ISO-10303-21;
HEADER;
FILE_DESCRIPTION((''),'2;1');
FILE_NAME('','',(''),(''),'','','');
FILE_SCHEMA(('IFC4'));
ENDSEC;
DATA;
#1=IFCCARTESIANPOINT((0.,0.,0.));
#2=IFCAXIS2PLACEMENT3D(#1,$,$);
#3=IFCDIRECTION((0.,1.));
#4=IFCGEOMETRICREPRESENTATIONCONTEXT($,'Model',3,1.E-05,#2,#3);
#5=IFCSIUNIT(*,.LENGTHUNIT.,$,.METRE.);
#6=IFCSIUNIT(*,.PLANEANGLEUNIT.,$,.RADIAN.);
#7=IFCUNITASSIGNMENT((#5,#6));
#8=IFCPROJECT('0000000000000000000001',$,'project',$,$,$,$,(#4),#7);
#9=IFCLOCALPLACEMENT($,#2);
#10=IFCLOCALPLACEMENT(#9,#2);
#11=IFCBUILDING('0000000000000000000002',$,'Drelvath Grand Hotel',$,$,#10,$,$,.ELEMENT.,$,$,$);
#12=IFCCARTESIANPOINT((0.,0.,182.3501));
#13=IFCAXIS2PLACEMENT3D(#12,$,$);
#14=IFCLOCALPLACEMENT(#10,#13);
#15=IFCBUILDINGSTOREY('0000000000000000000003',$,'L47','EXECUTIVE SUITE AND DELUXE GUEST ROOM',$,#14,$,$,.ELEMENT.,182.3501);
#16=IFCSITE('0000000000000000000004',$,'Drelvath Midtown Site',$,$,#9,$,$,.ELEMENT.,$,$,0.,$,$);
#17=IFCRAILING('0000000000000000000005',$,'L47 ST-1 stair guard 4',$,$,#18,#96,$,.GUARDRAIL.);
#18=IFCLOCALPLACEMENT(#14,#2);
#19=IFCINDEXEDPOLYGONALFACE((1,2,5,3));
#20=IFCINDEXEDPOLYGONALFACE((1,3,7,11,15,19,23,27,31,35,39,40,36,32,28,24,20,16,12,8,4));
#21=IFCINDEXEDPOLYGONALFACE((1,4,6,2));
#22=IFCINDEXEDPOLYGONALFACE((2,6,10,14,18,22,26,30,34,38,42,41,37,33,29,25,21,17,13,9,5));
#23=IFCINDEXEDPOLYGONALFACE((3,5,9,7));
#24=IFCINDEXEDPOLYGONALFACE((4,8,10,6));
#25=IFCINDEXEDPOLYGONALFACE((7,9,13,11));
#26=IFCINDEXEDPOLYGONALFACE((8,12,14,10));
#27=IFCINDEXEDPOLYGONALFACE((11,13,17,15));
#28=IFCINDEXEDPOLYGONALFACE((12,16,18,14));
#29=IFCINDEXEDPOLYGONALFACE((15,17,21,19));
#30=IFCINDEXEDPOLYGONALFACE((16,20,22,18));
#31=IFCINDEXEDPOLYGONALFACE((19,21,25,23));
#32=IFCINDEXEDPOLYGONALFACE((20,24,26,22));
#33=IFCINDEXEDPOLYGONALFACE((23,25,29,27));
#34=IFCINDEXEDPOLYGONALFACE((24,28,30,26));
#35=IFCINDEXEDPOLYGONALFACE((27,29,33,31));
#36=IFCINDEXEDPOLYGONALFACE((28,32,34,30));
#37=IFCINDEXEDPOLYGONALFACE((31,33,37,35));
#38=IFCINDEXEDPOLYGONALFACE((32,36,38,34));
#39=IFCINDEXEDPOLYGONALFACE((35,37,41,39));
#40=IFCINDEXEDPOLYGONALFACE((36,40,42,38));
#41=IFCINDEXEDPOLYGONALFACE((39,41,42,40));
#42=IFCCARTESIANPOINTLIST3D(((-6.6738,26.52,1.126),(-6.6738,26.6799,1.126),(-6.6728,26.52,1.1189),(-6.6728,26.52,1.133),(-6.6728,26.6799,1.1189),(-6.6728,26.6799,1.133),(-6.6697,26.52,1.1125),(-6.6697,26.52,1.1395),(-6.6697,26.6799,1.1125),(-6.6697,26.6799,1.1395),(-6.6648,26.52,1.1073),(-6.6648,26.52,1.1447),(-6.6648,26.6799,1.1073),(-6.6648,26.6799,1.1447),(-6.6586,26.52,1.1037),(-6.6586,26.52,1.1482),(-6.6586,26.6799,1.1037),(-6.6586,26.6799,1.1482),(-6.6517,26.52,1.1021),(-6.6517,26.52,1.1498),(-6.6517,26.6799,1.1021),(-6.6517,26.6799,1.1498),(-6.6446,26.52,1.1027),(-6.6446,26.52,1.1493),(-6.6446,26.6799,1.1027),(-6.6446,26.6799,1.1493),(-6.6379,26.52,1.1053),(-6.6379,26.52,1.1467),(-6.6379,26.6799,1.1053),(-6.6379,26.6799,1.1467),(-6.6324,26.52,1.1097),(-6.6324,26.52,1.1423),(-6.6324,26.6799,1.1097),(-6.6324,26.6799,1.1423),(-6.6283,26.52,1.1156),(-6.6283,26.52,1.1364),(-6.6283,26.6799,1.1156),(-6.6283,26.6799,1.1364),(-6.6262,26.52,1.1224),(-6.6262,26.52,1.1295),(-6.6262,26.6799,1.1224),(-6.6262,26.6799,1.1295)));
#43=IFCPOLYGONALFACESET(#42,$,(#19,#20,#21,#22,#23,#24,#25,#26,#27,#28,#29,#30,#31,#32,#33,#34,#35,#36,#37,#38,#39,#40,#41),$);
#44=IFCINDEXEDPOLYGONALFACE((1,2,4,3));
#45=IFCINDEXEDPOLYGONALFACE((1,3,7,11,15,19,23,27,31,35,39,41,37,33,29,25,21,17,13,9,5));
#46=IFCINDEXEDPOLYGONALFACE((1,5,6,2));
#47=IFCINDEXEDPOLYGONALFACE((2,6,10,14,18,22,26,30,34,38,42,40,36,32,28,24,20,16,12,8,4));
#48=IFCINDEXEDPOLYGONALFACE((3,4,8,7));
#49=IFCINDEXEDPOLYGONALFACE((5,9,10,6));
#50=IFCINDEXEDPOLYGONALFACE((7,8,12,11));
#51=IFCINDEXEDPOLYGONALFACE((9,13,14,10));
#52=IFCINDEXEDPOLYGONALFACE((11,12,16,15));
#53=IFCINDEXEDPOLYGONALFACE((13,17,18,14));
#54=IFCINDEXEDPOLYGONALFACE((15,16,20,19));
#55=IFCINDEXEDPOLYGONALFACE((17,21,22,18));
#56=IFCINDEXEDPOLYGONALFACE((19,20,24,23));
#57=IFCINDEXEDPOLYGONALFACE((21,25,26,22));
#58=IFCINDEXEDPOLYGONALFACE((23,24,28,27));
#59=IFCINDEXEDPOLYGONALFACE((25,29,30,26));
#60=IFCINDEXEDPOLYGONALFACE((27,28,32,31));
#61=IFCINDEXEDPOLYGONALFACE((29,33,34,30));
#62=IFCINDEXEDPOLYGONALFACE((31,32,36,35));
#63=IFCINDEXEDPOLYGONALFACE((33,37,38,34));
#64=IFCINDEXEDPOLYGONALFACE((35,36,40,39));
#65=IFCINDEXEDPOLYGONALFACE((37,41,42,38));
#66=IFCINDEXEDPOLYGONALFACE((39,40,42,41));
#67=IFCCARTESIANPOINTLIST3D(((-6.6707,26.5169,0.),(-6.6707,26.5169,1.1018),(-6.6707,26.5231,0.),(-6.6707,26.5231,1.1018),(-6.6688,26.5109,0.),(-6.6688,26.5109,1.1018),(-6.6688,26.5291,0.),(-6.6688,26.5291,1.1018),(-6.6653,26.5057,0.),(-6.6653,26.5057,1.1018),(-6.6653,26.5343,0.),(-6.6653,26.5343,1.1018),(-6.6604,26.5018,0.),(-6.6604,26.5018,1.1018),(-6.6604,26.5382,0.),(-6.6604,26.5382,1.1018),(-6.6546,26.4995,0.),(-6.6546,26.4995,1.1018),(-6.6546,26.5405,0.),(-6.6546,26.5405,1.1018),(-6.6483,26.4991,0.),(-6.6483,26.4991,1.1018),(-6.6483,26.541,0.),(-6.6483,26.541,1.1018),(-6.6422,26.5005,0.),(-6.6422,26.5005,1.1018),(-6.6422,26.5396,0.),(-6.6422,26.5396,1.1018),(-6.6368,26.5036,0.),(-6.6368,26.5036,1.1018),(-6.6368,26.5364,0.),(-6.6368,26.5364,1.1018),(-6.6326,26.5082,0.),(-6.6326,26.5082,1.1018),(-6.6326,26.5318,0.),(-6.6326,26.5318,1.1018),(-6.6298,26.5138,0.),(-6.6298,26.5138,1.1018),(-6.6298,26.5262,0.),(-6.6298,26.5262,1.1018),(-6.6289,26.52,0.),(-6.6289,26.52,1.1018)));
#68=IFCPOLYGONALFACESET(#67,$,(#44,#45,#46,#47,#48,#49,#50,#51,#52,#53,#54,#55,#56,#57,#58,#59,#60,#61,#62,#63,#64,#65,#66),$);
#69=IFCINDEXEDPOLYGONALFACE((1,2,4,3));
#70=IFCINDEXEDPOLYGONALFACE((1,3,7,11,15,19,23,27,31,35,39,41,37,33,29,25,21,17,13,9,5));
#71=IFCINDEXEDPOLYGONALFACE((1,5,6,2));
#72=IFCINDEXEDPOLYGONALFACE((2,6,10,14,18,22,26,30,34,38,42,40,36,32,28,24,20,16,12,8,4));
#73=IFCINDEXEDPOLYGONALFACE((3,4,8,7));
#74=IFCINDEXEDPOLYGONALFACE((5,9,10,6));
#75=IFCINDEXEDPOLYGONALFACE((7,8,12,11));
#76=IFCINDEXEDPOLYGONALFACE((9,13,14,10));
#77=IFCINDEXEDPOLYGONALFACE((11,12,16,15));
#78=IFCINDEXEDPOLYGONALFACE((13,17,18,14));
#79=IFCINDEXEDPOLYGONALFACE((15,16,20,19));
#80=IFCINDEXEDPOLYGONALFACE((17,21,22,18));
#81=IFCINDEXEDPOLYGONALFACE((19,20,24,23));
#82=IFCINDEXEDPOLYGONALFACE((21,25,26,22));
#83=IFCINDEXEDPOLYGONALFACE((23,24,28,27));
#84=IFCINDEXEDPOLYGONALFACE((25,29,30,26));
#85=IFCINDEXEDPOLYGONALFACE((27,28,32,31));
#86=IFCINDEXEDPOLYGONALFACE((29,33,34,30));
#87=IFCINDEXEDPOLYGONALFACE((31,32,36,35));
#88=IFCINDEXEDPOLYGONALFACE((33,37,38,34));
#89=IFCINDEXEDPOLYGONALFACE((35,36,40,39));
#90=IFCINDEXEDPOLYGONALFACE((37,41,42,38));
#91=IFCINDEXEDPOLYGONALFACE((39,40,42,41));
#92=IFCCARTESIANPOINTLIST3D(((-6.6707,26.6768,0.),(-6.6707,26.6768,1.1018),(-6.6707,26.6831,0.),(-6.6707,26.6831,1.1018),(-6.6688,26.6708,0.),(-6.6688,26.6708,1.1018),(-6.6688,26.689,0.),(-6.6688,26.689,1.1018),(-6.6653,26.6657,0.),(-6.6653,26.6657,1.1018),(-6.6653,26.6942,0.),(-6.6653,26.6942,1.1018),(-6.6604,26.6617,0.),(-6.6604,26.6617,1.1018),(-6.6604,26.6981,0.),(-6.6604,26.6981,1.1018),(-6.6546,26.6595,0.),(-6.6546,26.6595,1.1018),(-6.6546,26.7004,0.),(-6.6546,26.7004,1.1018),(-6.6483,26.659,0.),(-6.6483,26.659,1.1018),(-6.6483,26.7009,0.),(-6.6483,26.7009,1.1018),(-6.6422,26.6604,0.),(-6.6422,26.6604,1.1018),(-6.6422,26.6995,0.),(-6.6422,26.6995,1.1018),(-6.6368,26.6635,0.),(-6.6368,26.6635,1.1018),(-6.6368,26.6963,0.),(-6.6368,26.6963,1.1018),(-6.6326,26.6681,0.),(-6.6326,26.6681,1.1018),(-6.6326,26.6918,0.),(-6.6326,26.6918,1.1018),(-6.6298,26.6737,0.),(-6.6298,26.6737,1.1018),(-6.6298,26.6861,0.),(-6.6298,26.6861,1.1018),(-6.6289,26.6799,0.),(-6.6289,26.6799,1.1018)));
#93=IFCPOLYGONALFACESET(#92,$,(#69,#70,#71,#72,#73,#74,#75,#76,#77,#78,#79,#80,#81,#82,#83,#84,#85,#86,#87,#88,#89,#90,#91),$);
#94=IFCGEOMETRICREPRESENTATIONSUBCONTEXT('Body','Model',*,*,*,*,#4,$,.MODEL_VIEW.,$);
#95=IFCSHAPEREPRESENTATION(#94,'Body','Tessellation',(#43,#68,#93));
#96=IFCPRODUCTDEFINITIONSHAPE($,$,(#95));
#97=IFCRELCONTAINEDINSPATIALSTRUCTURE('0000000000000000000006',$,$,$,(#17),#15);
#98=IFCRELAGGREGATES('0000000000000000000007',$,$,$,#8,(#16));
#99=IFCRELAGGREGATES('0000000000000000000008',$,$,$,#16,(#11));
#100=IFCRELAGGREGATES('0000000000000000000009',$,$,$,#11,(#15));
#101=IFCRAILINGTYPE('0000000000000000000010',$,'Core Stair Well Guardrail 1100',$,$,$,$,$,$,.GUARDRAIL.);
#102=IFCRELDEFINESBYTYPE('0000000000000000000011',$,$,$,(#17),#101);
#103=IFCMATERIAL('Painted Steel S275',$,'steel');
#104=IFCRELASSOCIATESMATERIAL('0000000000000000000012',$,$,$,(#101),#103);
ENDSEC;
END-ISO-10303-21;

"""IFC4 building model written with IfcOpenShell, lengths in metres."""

from ifc_helpers import new_model, si_unit, direction, frame, origin, origin_2d, place, context, subcontext, project, spatial, circle, extrude, material, type_object, element, save


model = new_model("IFC4")

# Units and contexts
model_context = context("Model", 3, precision=1e-05, world=origin(), true_north=direction((0.0, 1.0)))
body_context = subcontext(model_context, "Body", "Model", "MODEL_VIEW")
ifc_project = project(units=[si_unit("LENGTHUNIT", "METRE"), si_unit("PLANEANGLEUNIT", "RADIAN")], contexts=[model_context])

# Site, building, storey
site_placement = place(None, origin())
site = spatial("IfcSite", under=ifc_project, at=site_placement, Name="Drelvath Midtown Site", CompositionType="ELEMENT", RefElevation=0.0)
building_placement = place(site_placement, origin())
building = spatial("IfcBuilding", under=site, at=building_placement, Name="Drelvath Grand Hotel", CompositionType="ELEMENT")
storey_placement = place(building_placement, frame((0.0, 0.0, 182.3501)))
storey = spatial("IfcBuildingStorey", under=building, at=storey_placement, Name="L47", Description="EXECUTIVE SUITE AND DELUXE GUEST ROOM", CompositionType="ELEMENT", Elevation=182.3501)

# Shared definitions
ifc_material_1 = material(Name="Painted Steel S275", Category="steel")

# Railing
railing_type_1 = type_object("IfcRailingType", Name="Core Stair Well Guardrail 1100", PredefinedType="GUARDRAIL", material=ifc_material_1)
railing_1_placement = place(storey_placement, frame((-6.6499, 26.52, 0.0)))
element("IfcRailing", 1, at=railing_1_placement, inside=storey, type_object=railing_type_1, Name="L47 ST-1 stair guard 4", PredefinedType="GUARDRAIL", context=body_context, shape_type="SweptSolid", body=[
    extrude(circle(Radius=0.0239, at=origin_2d()), frame((0.0, 0.0, 1.126), z_axis=(0.0, 1.0, 0.0), x_axis=(-1.0, 0.0, 0.0)), (0.0, 0.0, 1.0), 0.1599),
    extrude(circle(Radius=0.021, at=origin_2d()), origin(), (0.0, 0.0, 1.0), 1.1018),
    extrude(circle(Radius=0.021, at=origin_2d()), frame((0.0, 0.1599, 0.0)), (0.0, 0.0, 1.0), 1.1018),
])

save(model, "model.ifc")
